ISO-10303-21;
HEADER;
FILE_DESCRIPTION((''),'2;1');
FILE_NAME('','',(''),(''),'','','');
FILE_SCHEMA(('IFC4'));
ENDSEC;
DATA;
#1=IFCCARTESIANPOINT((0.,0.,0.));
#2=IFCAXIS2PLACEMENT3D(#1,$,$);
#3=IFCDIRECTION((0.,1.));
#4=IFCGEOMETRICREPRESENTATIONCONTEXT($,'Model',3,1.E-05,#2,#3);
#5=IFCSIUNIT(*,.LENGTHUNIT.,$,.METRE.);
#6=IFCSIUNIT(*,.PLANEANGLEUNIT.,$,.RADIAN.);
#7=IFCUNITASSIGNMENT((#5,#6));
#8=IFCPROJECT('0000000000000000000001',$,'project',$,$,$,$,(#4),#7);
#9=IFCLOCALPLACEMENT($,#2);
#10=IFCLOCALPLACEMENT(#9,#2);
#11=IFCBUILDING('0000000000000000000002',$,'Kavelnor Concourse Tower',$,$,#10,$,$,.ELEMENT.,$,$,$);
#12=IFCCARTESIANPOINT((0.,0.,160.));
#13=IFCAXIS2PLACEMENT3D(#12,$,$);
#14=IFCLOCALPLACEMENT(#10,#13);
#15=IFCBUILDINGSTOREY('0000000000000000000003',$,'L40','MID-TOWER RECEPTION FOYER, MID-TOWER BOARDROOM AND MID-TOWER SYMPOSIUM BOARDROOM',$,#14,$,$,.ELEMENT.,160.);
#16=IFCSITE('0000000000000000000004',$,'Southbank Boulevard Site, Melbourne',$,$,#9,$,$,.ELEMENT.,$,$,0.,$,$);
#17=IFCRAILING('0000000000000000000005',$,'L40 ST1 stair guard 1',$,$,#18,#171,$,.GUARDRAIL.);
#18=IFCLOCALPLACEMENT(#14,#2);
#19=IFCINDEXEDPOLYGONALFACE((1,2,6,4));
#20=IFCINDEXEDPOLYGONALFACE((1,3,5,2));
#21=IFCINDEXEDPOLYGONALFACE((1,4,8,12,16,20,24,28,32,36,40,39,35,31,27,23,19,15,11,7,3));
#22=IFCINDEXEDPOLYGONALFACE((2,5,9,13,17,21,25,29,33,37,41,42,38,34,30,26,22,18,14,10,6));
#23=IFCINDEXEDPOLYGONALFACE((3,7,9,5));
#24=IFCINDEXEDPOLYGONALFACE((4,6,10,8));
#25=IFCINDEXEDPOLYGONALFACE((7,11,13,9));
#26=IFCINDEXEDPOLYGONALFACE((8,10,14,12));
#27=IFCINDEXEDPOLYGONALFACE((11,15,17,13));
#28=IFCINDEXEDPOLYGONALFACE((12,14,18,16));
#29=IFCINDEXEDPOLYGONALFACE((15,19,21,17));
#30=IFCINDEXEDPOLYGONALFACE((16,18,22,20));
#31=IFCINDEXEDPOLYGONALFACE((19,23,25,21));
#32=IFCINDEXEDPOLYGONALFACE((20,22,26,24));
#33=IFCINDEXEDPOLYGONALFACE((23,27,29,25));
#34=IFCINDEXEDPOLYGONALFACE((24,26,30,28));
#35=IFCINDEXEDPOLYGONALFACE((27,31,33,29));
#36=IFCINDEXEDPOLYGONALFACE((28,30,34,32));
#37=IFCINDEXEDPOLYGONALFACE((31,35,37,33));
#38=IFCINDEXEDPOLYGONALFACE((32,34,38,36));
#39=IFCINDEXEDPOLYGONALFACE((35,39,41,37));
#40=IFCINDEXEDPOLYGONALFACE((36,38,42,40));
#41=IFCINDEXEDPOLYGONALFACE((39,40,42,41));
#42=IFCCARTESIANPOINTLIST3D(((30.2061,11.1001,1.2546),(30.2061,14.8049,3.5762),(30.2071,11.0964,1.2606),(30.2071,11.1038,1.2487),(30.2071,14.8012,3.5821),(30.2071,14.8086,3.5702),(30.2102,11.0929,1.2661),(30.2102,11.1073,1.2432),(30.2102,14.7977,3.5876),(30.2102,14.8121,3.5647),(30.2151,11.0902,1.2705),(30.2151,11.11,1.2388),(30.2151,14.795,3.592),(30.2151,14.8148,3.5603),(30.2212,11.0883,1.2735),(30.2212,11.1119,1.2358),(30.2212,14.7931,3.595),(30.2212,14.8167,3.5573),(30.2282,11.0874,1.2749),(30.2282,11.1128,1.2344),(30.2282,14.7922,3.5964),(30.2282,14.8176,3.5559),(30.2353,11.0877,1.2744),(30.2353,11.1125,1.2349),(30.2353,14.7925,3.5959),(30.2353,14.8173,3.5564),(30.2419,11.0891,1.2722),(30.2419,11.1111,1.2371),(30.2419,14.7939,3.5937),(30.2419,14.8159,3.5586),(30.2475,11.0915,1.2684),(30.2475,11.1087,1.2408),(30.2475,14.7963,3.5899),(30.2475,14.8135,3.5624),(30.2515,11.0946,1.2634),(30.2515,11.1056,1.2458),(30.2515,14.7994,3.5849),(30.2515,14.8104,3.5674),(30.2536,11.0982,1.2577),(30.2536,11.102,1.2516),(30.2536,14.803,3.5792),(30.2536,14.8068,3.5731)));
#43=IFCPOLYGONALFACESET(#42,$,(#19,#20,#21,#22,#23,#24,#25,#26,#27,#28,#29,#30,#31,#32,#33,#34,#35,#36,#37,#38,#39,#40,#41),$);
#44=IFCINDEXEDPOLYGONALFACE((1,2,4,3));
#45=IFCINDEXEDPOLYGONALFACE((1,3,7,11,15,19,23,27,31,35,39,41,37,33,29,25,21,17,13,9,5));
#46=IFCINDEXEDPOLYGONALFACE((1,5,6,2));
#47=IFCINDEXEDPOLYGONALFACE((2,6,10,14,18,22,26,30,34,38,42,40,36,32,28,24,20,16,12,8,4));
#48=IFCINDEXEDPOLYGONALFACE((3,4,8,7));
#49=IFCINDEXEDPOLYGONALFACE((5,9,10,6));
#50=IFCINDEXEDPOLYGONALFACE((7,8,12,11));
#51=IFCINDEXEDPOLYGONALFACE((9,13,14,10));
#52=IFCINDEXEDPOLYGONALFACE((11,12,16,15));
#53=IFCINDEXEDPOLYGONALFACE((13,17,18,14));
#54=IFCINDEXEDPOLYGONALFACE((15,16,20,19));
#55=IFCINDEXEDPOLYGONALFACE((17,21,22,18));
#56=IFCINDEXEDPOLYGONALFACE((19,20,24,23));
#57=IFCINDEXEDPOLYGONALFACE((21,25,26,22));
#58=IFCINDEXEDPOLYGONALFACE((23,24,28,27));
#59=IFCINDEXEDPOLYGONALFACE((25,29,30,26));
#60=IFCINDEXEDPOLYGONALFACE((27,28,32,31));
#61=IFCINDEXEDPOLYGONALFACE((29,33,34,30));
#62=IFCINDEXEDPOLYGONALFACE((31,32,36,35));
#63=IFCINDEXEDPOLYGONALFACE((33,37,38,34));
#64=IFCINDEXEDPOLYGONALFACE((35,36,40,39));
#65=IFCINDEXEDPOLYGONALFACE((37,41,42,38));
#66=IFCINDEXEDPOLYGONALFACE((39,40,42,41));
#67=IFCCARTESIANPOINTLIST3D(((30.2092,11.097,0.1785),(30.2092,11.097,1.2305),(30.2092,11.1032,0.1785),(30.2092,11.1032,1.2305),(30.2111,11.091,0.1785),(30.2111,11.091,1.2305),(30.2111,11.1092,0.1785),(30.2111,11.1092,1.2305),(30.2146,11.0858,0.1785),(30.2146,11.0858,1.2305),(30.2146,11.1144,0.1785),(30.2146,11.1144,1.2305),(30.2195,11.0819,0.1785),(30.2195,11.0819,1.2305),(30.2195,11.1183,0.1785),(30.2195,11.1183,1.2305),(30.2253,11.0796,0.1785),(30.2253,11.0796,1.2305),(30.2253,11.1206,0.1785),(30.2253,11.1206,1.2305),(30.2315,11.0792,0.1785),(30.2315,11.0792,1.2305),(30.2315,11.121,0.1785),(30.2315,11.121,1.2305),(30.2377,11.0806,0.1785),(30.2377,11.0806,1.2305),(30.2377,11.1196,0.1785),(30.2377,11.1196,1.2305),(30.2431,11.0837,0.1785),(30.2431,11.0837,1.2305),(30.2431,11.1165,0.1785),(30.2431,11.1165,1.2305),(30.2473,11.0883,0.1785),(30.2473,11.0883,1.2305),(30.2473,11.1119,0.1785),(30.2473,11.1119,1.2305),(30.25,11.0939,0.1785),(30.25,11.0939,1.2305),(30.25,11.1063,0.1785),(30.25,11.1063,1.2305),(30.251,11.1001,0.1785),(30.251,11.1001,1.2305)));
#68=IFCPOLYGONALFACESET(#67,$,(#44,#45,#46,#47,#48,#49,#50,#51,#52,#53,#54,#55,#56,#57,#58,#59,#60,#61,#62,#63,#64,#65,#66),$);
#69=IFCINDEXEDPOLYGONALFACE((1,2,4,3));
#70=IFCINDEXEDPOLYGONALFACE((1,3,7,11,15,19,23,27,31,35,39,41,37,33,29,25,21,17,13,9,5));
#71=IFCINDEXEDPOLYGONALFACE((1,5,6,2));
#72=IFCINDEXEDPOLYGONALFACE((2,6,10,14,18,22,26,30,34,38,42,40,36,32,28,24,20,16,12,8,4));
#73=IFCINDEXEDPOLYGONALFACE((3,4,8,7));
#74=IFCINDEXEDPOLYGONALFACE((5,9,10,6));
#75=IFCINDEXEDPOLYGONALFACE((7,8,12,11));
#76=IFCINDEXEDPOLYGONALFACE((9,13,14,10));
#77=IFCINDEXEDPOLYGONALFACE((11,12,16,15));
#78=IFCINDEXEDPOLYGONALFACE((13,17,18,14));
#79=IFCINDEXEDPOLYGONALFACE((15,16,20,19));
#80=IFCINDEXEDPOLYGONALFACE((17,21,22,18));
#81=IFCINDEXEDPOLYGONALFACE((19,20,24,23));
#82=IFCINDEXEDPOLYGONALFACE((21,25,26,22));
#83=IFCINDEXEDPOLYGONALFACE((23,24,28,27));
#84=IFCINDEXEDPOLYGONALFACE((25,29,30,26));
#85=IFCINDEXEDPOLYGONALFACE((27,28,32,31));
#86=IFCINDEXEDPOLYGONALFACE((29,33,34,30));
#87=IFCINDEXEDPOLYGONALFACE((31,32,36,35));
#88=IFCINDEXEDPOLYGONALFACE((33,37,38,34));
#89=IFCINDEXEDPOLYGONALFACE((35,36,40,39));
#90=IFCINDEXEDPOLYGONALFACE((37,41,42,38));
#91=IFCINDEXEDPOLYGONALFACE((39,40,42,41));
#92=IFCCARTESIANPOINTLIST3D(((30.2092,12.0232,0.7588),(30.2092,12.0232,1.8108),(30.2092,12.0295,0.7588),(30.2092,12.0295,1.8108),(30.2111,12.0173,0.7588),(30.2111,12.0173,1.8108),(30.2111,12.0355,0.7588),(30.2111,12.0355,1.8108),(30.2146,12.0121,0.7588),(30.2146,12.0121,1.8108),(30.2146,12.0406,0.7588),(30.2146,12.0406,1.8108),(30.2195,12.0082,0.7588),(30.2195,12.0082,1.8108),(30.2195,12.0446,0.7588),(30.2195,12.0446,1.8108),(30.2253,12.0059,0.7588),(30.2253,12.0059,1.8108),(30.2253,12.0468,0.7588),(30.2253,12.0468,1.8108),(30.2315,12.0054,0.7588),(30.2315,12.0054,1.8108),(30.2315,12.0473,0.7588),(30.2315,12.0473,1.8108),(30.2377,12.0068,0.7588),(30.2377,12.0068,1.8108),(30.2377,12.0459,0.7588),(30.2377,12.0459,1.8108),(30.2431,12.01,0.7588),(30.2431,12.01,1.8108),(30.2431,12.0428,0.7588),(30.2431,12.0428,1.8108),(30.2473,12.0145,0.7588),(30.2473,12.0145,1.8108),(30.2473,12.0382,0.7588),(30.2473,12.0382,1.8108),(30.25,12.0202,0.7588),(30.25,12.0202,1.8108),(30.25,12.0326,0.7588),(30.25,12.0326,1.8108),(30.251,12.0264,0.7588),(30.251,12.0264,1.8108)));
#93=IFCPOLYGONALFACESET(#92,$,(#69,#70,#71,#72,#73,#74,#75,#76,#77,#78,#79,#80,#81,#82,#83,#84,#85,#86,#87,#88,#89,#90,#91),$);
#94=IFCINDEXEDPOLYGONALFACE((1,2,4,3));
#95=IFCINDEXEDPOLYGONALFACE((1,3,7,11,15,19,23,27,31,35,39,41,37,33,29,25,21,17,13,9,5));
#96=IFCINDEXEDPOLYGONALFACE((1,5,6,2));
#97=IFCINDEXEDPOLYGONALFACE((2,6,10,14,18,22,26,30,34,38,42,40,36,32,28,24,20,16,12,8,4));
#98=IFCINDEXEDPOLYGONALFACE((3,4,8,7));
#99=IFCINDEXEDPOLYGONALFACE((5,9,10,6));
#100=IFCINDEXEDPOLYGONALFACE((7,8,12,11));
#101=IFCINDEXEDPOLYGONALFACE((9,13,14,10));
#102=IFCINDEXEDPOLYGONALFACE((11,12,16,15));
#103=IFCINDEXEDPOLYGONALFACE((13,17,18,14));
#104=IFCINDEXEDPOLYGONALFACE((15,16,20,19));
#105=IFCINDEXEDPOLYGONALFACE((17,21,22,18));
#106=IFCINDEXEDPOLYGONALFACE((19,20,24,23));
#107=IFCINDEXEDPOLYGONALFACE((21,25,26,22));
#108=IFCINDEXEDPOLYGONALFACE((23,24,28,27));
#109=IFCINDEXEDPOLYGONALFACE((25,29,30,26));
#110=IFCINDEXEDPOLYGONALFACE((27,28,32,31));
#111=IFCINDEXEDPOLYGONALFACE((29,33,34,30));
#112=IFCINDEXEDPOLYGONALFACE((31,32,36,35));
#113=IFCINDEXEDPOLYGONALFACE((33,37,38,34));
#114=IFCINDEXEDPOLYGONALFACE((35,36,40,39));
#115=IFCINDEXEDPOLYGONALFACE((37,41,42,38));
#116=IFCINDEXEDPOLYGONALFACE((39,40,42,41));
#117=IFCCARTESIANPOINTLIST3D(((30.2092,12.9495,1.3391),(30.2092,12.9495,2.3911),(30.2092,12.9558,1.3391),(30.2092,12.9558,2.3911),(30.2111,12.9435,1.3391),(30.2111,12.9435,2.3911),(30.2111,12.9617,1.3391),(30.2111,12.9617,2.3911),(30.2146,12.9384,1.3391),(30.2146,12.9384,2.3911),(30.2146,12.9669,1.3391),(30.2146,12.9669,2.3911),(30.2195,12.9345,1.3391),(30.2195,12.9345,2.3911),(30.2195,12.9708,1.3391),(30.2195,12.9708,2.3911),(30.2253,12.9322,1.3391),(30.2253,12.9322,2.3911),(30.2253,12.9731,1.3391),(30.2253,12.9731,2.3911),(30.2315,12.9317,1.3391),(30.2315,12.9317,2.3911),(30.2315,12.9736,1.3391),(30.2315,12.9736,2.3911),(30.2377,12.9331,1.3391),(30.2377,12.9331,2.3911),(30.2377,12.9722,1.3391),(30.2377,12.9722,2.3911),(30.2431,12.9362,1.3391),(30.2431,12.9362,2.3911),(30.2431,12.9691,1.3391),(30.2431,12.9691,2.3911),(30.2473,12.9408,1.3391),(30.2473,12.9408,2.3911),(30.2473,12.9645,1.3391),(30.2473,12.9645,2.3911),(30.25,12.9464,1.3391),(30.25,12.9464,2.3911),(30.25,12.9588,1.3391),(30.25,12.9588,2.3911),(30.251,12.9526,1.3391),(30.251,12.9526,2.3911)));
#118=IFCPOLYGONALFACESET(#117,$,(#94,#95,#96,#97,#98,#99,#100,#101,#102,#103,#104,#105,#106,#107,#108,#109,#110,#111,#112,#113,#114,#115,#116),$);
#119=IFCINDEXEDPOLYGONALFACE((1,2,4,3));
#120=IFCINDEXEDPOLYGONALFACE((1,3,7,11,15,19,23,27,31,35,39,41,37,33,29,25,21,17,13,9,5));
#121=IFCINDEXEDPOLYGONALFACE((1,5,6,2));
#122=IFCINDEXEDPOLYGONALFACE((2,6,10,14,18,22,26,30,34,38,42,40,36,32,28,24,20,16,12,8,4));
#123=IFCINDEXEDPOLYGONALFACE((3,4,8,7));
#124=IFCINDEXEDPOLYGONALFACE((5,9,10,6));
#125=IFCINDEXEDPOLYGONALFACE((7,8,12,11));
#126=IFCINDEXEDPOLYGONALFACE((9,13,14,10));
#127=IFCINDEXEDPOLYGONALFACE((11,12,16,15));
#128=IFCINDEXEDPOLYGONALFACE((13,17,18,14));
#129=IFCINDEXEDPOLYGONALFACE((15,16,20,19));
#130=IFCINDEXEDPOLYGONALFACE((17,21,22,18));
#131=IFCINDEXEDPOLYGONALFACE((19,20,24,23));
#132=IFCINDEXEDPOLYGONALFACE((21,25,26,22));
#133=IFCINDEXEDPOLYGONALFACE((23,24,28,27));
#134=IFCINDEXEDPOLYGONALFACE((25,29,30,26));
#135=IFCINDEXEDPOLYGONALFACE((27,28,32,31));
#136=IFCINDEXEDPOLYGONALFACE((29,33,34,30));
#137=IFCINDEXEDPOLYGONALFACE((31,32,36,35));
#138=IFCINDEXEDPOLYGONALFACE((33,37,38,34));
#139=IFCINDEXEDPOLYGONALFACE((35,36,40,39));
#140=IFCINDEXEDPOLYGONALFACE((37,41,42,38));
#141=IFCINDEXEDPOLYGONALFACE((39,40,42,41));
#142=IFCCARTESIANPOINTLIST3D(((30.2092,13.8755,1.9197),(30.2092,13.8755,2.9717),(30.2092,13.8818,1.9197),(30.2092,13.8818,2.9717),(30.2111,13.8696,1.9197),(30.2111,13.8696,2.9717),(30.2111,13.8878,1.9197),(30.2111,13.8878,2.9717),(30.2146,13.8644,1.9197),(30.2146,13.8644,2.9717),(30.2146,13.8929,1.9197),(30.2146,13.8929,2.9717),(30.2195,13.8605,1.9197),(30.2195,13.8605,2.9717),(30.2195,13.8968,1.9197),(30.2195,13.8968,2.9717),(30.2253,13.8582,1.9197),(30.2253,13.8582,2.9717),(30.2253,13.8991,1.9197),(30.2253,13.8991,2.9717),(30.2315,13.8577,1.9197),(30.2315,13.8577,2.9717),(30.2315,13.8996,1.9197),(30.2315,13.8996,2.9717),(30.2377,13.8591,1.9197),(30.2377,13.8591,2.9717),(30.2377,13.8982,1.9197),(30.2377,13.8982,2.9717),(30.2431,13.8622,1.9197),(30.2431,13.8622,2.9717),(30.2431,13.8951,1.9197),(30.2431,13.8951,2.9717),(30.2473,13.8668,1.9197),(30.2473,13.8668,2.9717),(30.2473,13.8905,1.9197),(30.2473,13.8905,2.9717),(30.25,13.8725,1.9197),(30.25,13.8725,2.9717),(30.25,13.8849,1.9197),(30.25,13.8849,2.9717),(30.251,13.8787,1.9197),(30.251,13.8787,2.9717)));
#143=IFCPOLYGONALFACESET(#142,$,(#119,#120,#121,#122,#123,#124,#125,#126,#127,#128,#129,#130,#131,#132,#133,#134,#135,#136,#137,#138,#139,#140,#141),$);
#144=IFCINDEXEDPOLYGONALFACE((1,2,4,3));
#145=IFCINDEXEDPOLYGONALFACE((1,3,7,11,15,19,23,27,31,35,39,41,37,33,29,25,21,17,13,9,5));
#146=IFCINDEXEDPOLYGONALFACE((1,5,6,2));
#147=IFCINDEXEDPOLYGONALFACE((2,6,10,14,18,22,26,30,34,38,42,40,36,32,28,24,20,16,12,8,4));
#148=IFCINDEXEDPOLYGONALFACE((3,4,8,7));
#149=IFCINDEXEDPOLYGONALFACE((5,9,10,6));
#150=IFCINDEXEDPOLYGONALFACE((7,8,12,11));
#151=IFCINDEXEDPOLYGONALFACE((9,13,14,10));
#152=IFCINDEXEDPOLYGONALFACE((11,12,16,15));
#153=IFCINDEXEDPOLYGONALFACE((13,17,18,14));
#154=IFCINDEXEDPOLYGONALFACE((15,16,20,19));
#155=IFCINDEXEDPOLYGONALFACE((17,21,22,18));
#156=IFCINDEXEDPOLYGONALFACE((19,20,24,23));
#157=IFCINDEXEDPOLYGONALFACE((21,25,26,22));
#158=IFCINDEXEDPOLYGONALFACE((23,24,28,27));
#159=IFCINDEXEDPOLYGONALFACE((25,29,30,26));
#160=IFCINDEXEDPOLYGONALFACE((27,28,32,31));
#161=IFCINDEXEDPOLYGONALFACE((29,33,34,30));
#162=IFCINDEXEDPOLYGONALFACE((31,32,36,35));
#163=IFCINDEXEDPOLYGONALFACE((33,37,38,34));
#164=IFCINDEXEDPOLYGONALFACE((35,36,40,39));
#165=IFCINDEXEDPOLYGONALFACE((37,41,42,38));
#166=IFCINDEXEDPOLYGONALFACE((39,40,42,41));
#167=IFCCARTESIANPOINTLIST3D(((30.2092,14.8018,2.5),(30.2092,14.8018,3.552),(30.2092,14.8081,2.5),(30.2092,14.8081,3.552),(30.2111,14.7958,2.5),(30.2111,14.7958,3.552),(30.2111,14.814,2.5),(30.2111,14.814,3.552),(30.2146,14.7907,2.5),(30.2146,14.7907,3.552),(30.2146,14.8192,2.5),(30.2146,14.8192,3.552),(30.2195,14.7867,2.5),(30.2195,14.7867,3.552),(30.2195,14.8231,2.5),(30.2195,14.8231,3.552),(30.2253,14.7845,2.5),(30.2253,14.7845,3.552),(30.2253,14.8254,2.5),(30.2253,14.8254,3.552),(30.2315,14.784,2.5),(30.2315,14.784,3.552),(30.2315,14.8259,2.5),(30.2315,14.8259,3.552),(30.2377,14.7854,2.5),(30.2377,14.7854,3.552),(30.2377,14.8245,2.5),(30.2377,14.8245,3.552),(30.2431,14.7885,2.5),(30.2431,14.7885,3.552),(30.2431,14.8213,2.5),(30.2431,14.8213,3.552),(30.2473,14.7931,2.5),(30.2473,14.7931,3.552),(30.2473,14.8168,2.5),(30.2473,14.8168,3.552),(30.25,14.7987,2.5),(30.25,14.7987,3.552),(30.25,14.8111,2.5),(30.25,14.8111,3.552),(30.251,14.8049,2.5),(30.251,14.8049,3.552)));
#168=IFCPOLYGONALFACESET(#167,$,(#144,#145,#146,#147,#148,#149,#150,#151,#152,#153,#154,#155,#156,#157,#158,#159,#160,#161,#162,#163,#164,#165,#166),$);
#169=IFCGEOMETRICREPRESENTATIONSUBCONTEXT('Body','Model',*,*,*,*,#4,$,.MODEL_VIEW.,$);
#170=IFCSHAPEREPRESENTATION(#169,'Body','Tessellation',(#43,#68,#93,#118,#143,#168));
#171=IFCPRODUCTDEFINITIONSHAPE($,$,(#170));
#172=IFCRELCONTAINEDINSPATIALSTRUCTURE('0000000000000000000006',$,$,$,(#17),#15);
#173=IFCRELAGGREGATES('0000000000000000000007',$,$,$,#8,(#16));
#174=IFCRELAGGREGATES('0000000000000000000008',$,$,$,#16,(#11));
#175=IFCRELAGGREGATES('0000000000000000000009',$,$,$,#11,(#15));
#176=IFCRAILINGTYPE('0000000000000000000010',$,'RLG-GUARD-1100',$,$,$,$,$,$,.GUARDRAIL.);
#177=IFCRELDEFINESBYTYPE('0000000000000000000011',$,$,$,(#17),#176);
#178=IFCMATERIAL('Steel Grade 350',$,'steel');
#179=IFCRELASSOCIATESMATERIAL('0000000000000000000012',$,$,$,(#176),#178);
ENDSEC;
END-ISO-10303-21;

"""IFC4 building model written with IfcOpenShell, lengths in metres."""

from ifc_helpers import new_model, si_unit, direction, frame, origin, origin_2d, place, context, subcontext, project, spatial, circle, extrude, material, type_object, element, save


model = new_model("IFC4")

# Units and contexts
model_context = context("Model", 3, precision=1e-05, world=origin(), true_north=direction((0.0, 1.0)))
body_context = subcontext(model_context, "Body", "Model", "MODEL_VIEW")
ifc_project = project(units=[si_unit("LENGTHUNIT", "METRE"), si_unit("PLANEANGLEUNIT", "RADIAN")], contexts=[model_context])

# Site, building, storey
site_placement = place(None, origin())
site = spatial("IfcSite", under=ifc_project, at=site_placement, Name="Southbank Boulevard Site, Melbourne", CompositionType="ELEMENT", RefElevation=0.0)
building_placement = place(site_placement, origin())
building = spatial("IfcBuilding", under=site, at=building_placement, Name="Kavelnor Concourse Tower", CompositionType="ELEMENT")
storey_placement = place(building_placement, frame((0.0, 0.0, 160.0)))
storey = spatial("IfcBuildingStorey", under=building, at=storey_placement, Name="L40", Description="MID-TOWER RECEPTION FOYER, MID-TOWER BOARDROOM AND MID-TOWER SYMPOSIUM BOARDROOM", CompositionType="ELEMENT", Elevation=160.0)

# Shared definitions
ifc_material_1 = material(Name="Steel Grade 350", Category="steel")

# Railing
railing_type_1 = type_object("IfcRailingType", Name="RLG-GUARD-1100", PredefinedType="GUARDRAIL", material=ifc_material_1)
railing_1_placement = place(storey_placement, frame((30.23, 11.1001, 0.1785)))
element("IfcRailing", 1, at=railing_1_placement, inside=storey, type_object=railing_type_1, Name="L40 ST1 stair guard 1", PredefinedType="GUARDRAIL", context=body_context, shape_type="SweptSolid", body=[
    extrude(circle(Radius=0.0239, at=origin_2d()), frame((0.0, 0.0, 1.0762), z_axis=(0.0, 0.84738, 0.530987), x_axis=(-1.0, 0.0, 0.0)), (0.0, 0.0, 1.0), 4.3721),
    extrude(circle(Radius=0.021, at=origin_2d()), origin(), (0.0, 0.0, 1.0), 1.052),
    extrude(circle(Radius=0.021, at=origin_2d()), frame((0.0, 0.9263, 0.5803)), (0.0, 0.0, 1.0), 1.052),
    extrude(circle(Radius=0.021, at=origin_2d()), frame((0.0, 1.8525, 1.1606)), (0.0, 0.0, 1.0), 1.052),
    extrude(circle(Radius=0.021, at=origin_2d()), frame((0.0, 2.7786, 1.7412)), (0.0, 0.0, 1.0), 1.052),
    extrude(circle(Radius=0.021, at=origin_2d()), frame((0.0, 3.7048, 2.3215)), (0.0, 0.0, 1.0), 1.052),
])

save(model, "model.ifc")
